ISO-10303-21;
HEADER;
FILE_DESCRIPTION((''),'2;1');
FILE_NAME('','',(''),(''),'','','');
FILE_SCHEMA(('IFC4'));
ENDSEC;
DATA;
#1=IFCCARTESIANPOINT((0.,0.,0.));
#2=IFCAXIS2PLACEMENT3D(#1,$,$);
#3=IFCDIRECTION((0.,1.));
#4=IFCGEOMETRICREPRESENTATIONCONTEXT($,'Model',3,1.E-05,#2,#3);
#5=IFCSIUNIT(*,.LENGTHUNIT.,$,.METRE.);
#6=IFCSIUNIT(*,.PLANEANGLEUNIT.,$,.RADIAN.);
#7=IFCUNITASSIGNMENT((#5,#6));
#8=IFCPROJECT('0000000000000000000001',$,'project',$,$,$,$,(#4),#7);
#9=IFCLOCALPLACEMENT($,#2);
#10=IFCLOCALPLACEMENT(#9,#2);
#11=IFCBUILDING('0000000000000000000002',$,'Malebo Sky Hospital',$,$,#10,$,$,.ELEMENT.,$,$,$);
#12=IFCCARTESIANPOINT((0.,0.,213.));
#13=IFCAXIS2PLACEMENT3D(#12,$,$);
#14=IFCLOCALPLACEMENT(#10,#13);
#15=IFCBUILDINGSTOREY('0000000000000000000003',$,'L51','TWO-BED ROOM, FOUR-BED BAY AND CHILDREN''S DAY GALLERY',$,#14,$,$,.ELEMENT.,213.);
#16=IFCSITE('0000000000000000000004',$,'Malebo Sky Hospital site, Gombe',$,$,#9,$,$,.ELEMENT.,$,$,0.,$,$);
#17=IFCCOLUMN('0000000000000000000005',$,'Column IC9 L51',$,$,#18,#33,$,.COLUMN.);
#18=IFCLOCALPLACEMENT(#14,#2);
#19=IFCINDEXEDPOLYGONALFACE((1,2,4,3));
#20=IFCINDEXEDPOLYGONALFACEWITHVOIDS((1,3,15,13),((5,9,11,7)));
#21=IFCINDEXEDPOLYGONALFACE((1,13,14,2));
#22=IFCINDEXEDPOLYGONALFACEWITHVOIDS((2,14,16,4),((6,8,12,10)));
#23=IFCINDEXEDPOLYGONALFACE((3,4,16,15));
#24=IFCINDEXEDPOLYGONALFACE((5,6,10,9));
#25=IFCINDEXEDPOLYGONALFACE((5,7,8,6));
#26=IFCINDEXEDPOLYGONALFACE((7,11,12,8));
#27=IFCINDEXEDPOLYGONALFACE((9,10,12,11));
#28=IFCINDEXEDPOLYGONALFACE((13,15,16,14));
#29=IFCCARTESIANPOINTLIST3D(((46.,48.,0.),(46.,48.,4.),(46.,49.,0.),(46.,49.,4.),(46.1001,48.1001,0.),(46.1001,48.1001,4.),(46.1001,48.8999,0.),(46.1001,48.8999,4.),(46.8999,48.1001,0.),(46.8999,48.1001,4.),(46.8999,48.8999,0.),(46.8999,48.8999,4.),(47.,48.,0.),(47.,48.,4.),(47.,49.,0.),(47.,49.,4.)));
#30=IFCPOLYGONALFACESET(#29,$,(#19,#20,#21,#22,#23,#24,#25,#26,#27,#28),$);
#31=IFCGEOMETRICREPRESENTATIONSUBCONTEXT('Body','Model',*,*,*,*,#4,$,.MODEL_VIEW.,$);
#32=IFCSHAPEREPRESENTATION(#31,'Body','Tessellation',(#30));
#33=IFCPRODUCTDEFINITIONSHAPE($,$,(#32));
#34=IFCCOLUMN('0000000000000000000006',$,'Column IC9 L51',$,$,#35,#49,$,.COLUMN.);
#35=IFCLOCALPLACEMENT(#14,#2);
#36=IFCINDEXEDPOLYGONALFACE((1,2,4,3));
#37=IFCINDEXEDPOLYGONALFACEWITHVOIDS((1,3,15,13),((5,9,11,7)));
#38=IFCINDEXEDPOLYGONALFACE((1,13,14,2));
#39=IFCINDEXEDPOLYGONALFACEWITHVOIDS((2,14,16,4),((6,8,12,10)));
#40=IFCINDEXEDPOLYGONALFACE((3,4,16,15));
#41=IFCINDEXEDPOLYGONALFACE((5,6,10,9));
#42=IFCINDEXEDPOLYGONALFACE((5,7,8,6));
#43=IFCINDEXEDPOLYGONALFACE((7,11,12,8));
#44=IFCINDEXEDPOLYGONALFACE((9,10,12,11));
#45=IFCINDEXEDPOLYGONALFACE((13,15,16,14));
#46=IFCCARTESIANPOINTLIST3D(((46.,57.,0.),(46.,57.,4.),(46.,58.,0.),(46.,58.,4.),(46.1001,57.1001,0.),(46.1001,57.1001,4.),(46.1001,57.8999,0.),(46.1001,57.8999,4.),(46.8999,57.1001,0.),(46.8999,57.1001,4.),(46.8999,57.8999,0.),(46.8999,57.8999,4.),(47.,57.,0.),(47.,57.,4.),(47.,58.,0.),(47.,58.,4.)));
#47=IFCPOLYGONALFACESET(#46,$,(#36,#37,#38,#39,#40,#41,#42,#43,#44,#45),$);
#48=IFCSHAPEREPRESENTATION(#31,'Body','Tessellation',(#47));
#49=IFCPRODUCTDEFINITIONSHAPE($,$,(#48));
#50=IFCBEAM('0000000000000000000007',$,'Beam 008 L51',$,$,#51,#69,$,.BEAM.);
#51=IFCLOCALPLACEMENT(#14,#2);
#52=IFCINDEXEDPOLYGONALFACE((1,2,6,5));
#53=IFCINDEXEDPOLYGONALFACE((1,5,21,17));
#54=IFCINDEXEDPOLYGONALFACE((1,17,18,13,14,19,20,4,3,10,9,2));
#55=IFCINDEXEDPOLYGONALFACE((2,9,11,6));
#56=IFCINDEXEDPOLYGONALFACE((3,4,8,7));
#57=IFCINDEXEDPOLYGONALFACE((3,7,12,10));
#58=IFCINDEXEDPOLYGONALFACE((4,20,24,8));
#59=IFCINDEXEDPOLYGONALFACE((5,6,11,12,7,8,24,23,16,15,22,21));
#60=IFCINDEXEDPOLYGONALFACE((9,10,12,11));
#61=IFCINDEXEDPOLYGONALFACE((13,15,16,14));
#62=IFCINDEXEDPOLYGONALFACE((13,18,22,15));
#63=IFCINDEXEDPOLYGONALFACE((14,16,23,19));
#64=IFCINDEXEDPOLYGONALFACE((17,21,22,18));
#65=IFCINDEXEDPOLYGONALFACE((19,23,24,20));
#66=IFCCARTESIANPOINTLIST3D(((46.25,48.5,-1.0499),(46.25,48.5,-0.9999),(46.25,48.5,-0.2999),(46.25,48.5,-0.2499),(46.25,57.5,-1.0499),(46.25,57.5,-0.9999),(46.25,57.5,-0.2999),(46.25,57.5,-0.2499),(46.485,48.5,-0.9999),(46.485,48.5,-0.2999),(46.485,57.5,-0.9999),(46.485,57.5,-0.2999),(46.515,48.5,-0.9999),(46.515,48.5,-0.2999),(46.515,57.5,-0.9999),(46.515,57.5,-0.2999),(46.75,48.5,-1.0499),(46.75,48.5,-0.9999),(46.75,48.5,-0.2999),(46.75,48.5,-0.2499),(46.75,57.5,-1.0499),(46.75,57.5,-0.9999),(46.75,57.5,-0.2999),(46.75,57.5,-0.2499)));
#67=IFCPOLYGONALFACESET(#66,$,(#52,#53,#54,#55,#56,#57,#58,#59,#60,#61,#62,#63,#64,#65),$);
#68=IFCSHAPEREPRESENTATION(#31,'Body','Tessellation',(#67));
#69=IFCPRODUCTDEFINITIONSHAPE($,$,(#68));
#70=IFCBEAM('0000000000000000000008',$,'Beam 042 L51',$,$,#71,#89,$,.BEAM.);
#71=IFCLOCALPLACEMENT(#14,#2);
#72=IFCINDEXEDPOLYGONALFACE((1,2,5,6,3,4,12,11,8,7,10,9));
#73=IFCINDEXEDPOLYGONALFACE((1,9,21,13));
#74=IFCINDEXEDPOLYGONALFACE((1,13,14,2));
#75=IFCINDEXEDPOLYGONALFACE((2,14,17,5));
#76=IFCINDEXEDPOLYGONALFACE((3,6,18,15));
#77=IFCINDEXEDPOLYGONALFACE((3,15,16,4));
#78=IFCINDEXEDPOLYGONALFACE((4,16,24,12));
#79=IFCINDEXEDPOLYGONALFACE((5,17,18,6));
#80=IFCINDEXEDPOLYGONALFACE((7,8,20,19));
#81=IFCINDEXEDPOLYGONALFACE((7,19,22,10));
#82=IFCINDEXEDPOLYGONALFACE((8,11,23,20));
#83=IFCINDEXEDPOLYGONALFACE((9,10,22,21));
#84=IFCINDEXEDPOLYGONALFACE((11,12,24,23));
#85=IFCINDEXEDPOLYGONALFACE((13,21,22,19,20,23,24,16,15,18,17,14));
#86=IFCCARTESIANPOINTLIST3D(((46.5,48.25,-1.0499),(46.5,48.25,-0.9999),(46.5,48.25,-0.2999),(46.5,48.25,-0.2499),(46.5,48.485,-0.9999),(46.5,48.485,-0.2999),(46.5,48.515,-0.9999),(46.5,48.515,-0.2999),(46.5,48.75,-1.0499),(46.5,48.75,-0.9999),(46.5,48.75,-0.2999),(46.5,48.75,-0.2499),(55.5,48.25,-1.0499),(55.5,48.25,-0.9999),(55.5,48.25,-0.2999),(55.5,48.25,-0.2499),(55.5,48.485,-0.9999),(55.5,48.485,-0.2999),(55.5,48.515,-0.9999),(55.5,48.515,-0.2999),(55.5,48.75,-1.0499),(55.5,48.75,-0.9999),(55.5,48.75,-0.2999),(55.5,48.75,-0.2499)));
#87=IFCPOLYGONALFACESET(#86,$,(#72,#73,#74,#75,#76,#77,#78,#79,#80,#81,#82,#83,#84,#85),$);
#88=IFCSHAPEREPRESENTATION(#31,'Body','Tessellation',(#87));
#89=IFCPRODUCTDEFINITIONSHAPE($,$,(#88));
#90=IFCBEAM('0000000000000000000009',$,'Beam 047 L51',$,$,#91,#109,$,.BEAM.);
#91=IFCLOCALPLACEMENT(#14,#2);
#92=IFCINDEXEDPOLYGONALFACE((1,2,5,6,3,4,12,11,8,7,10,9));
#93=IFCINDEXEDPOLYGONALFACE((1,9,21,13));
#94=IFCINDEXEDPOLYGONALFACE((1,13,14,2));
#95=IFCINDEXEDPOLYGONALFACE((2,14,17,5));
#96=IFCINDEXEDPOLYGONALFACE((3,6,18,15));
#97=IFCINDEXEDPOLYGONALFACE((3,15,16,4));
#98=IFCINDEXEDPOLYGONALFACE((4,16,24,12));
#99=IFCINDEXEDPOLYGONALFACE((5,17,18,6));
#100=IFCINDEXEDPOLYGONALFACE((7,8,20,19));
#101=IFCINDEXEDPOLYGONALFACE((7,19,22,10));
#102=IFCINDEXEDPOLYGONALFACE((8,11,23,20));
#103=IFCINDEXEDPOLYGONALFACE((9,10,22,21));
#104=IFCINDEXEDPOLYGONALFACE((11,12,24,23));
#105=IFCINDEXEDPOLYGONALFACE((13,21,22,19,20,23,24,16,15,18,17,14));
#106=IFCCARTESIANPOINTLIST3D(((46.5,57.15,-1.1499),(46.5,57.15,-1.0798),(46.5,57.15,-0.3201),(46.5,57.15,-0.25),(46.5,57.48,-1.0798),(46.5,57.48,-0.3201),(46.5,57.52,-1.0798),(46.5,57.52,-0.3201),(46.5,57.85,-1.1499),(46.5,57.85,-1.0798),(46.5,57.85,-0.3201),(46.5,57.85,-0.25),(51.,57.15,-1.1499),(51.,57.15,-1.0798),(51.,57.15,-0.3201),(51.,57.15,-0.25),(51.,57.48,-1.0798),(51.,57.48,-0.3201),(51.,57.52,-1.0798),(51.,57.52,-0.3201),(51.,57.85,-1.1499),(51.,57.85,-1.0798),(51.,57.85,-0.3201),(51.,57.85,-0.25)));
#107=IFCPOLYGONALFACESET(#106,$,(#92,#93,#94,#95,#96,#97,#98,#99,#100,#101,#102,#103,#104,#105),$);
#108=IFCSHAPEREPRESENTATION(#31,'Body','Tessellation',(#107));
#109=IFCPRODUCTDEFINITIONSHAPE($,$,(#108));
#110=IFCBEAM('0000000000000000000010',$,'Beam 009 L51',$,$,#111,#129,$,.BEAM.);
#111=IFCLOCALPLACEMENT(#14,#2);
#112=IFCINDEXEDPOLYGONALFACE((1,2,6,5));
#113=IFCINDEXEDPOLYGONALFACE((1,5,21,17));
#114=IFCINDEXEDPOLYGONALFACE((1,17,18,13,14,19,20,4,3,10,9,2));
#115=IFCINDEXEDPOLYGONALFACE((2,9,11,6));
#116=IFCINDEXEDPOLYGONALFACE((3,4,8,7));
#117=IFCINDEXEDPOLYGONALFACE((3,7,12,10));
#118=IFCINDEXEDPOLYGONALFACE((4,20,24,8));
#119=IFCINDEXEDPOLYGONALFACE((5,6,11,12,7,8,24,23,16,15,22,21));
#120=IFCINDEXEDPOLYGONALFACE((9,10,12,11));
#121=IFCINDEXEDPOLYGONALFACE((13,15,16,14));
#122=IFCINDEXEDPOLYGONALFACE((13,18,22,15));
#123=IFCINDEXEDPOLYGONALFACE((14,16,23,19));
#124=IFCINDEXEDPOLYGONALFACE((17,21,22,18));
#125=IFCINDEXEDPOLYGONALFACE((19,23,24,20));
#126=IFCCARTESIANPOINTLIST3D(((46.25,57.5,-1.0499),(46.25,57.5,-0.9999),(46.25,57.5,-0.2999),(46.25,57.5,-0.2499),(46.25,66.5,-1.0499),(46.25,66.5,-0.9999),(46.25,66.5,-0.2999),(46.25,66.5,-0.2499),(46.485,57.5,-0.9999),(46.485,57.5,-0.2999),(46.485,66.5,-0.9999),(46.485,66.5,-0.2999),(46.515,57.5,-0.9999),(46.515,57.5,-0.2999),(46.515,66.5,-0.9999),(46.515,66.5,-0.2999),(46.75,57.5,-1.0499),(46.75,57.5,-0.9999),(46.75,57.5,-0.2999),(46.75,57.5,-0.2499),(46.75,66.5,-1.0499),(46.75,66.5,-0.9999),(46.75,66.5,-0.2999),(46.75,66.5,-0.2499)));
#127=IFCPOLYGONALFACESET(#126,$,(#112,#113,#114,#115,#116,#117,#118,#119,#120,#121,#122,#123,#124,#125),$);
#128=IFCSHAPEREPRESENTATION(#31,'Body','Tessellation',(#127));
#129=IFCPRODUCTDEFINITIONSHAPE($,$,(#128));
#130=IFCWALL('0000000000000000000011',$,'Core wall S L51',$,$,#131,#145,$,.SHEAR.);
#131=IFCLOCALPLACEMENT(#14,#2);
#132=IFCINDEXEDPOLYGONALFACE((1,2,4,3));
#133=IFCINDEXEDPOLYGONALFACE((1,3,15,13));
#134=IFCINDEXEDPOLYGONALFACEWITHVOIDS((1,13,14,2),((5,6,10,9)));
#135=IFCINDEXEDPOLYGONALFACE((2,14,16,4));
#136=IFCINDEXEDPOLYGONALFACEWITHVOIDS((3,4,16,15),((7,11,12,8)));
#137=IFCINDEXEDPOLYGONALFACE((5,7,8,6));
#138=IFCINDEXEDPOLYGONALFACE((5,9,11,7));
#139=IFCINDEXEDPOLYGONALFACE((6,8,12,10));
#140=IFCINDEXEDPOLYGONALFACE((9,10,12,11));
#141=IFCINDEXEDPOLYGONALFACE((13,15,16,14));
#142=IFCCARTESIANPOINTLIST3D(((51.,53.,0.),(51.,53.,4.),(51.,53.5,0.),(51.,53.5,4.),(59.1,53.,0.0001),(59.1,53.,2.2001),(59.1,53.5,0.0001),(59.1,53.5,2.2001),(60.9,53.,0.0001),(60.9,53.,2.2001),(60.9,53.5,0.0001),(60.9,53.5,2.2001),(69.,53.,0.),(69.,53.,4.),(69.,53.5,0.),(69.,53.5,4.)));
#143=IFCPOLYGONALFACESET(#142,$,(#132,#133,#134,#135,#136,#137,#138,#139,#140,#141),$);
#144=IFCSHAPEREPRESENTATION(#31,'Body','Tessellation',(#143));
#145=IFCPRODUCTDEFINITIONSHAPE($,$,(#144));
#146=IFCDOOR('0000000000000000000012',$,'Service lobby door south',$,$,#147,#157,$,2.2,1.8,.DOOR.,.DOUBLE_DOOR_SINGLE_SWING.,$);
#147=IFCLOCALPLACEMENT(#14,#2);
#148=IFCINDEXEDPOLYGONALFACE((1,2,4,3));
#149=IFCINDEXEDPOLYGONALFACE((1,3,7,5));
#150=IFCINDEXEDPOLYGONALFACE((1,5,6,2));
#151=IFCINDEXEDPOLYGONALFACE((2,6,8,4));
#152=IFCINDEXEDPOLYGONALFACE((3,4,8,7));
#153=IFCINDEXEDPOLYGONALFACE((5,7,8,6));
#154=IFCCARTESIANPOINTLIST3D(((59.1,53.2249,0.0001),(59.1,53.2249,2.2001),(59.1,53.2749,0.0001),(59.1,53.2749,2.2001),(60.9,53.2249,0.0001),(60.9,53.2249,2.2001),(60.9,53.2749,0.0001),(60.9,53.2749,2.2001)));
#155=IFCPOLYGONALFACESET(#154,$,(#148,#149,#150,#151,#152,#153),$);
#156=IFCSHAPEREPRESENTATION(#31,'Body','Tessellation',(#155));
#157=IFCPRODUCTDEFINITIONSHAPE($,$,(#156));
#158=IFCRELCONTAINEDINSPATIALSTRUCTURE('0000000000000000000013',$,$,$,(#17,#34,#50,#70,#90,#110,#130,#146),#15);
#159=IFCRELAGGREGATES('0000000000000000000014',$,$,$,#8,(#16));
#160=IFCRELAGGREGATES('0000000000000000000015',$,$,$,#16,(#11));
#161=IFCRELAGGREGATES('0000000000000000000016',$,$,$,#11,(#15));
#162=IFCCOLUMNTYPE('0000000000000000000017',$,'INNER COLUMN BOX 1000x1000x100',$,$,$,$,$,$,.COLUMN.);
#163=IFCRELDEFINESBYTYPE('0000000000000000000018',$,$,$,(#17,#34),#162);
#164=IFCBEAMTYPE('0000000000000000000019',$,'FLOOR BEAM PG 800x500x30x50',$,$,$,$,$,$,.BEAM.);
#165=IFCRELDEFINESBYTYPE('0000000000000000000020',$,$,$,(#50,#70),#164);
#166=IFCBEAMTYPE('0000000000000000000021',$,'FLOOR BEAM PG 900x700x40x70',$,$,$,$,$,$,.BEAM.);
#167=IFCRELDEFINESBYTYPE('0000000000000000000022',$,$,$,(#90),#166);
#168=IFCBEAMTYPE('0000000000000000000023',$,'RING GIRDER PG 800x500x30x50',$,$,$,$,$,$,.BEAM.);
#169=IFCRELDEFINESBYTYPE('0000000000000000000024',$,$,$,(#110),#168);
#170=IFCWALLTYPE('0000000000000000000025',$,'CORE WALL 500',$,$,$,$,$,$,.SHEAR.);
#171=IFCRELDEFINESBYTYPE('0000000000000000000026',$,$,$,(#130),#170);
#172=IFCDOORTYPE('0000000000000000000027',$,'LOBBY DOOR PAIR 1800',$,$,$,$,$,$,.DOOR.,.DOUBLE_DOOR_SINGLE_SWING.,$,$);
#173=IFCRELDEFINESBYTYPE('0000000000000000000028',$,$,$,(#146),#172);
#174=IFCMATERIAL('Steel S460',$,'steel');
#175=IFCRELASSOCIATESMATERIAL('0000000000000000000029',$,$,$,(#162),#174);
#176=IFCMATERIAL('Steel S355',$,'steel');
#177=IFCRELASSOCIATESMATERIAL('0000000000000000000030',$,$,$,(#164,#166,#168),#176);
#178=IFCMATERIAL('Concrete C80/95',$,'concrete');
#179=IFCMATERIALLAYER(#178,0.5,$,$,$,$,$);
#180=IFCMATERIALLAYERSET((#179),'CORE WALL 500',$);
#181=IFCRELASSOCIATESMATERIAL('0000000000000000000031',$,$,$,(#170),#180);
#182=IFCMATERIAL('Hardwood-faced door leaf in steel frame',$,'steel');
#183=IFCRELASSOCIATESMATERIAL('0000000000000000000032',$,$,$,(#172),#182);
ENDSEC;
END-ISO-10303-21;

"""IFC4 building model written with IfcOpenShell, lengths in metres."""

from ifc_helpers import new_model, si_unit, direction, frame, frame_2d, origin, origin_2d, place, context, subcontext, project, spatial, rectangle, hollow_rectangle, i_section, extrude, material, layer, layer_set, material_profile, profile_set, type_object, element, fill, save


model = new_model("IFC4")

# Units and contexts
model_context = context("Model", 3, precision=1e-05, world=origin(), true_north=direction((0.0, 1.0)))
body_context = subcontext(model_context, "Body", "Model", "MODEL_VIEW")
ifc_project = project(units=[si_unit("LENGTHUNIT", "METRE"), si_unit("PLANEANGLEUNIT", "RADIAN")], contexts=[model_context])

# Site, building, storey
site_placement = place(None, origin())
site = spatial("IfcSite", under=ifc_project, at=site_placement, Name="Malebo Sky Hospital site, Gombe", CompositionType="ELEMENT", RefElevation=0.0)
building_placement = place(site_placement, origin())
building = spatial("IfcBuilding", under=site, at=building_placement, Name="Malebo Sky Hospital", CompositionType="ELEMENT")
storey_placement = place(building_placement, frame((0.0, 0.0, 213.0)))
storey = spatial("IfcBuildingStorey", under=building, at=storey_placement, Name="L51", Description="TWO-BED ROOM, FOUR-BED BAY AND CHILDREN'S DAY GALLERY", CompositionType="ELEMENT", Elevation=213.0)

# Columns
ifc_material_1 = material(Name="Steel S460", Category="steel")
ifc_material_profile_1 = material_profile(ifc_material_1, hollow_rectangle(XDim=1.0, YDim=1.0, WallThickness=0.1001, at=origin_2d()), Name="BOX 1000x1000x100")
ifc_profile_set_1 = profile_set([ifc_material_profile_1], Name="Steel S460")
column_type = type_object("IfcColumnType", Name="INNER COLUMN BOX 1000x1000x100", PredefinedType="COLUMN", material=ifc_profile_set_1)
for number, where, z_axis, x_axis, name in (
    (1, (46.5, 48.5, 0.0), (0.0, 0.0, 1.0), (1.0, 0.0, 0.0), "Column IC9 L51"),
    (2, (46.5, 57.5, 0.0), (0.0, 0.0, 1.0), (1.0, 0.0, 0.0), "Column IC9 L51"),
):
    element("IfcColumn", number, at=place(storey_placement, frame(where, z_axis=z_axis, x_axis=x_axis)), inside=storey, type_object=column_type, Name=name, PredefinedType="COLUMN", context=body_context, shape_type="SweptSolid", body=[
        extrude(hollow_rectangle(XDim=1.0, YDim=1.0, WallThickness=0.1001, at=origin_2d()), origin(), (0.0, 0.0, 1.0), 4.0),
    ])

# Beams
ifc_material_2 = material(Name="Steel S355", Category="steel")
ifc_material_profile_2 = material_profile(ifc_material_2, i_section(OverallWidth=0.5, OverallDepth=0.8, WebThickness=0.03, FlangeThickness=0.05, at=origin_2d()), Name="PG 800x500x30x50")
ifc_profile_set_2 = profile_set([ifc_material_profile_2], Name="Steel S355")
beam_type_1 = type_object("IfcBeamType", Name="FLOOR BEAM PG 800x500x30x50", PredefinedType="BEAM", material=ifc_profile_set_2)
for number, where, z_axis, x_axis, name in (
    (3, (46.5, 48.5, -0.6499), (0.0, 1.0, 0.0), (-1.0, 0.0, 0.0), "Beam 008 L51"),
    (4, (46.5, 48.5, -0.6499), (1.0, 0.0, 0.0), (0.0, 1.0, 0.0), "Beam 042 L51"),
):
    element("IfcBeam", number, at=place(storey_placement, frame(where, z_axis=z_axis, x_axis=x_axis)), inside=storey, type_object=beam_type_1, Name=name, PredefinedType="BEAM", context=body_context, shape_type="SweptSolid", body=[
        extrude(i_section(OverallWidth=0.5, OverallDepth=0.8, WebThickness=0.03, FlangeThickness=0.05, at=origin_2d()), origin(), (0.0, 0.0, 1.0), 9.0),
    ])
ifc_material_profile_3 = material_profile(ifc_material_2, i_section(OverallWidth=0.7, OverallDepth=0.8999, WebThickness=0.04, FlangeThickness=0.0701, at=origin_2d()), Name="PG 900x700x40x70")
ifc_profile_set_3 = profile_set([ifc_material_profile_3], Name="Steel S355")
beam_type_2 = type_object("IfcBeamType", Name="FLOOR BEAM PG 900x700x40x70", PredefinedType="BEAM", material=ifc_profile_set_3)
beam_1_placement = place(storey_placement, frame((46.5, 57.5, -0.7), z_axis=(1.0, 0.0, 0.0), x_axis=(0.0, 1.0, 0.0)))
element("IfcBeam", 5, at=beam_1_placement, inside=storey, type_object=beam_type_2, Name="Beam 047 L51", PredefinedType="BEAM", context=body_context, shape_type="SweptSolid", body=[
    extrude(i_section(OverallWidth=0.7, OverallDepth=0.8999, WebThickness=0.04, FlangeThickness=0.0701, at=origin_2d()), origin(), (0.0, 0.0, 1.0), 4.5),
])
ifc_material_profile_4 = material_profile(ifc_material_2, i_section(OverallWidth=0.5, OverallDepth=0.8, WebThickness=0.03, FlangeThickness=0.05, at=origin_2d()), Name="PG 800x500x30x50")
ifc_profile_set_4 = profile_set([ifc_material_profile_4], Name="Steel S355")
beam_type_3 = type_object("IfcBeamType", Name="RING GIRDER PG 800x500x30x50", PredefinedType="BEAM", material=ifc_profile_set_4)
beam_2_placement = place(storey_placement, frame((46.5, 57.5, -0.6499), z_axis=(0.0, 1.0, 0.0), x_axis=(-1.0, 0.0, 0.0)))
element("IfcBeam", 6, at=beam_2_placement, inside=storey, type_object=beam_type_3, Name="Beam 009 L51", PredefinedType="BEAM", context=body_context, shape_type="SweptSolid", body=[
    extrude(i_section(OverallWidth=0.5, OverallDepth=0.8, WebThickness=0.03, FlangeThickness=0.05, at=origin_2d()), origin(), (0.0, 0.0, 1.0), 9.0),
])

# Wall, opening, door
ifc_material_3 = material(Name="Concrete C80/95", Category="concrete")
ifc_layer_1 = layer(ifc_material_3, 0.5)
ifc_layer_set_1 = layer_set([ifc_layer_1], Name="CORE WALL 500")
wall_type_1 = type_object("IfcWallType", Name="CORE WALL 500", PredefinedType="SHEAR", material=ifc_layer_set_1)
wall_1_placement = place(storey_placement, frame((51.0, 53.25, 0.0), z_axis=(0.0, 0.0, 1.0), x_axis=(1.0, 0.0, 0.0)))
wall_1 = element("IfcWall", 7, at=wall_1_placement, inside=storey, type_object=wall_type_1, Name="Core wall S L51", PredefinedType="SHEAR", context=body_context, shape_type="SweptSolid", body=[
    extrude(rectangle(XDim=18.0, YDim=0.5, at=frame_2d((9.0, 0.0))), origin(), (0.0, 0.0, 1.0), 4.0),
])
opening_1_placement = place(wall_1_placement, frame((8.1001, 0.0, 0.0)))
opening_1 = element("IfcOpeningElement", 8, at=opening_1_placement, cuts=wall_1, PredefinedType="OPENING", context=body_context, shape_type="SweptSolid", body=[
    extrude(rectangle(XDim=1.8, YDim=2.2, at=frame_2d((0.8999, 1.1001))), frame((0.0, 0.26, 0.0), z_axis=(0.0, -1.0, 0.0), x_axis=(1.0, 0.0, 0.0)), (0.0, 0.0, 1.0), 0.52),
])
ifc_material_4 = material(Name="Hardwood-faced door leaf in steel frame", Category="steel")
door_type_1 = type_object("IfcDoorType", Name="LOBBY DOOR PAIR 1800", OperationType="DOUBLE_DOOR_SINGLE_SWING", PredefinedType="DOOR", material=ifc_material_4)
door_1_placement = place(opening_1_placement, origin())
door_1 = element("IfcDoor", 9, at=door_1_placement, inside=storey, type_object=door_type_1, Name="Service lobby door south", OperationType="DOUBLE_DOOR_SINGLE_SWING", OverallHeight=2.2, OverallWidth=1.8, PredefinedType="DOOR", context=body_context, shape_type="SweptSolid", body=[
    extrude(rectangle(XDim=1.8, YDim=2.2, at=frame_2d((0.8999, 1.1001))), frame((0.0, 0.0249, 0.0), z_axis=(0.0, -1.0, 0.0), x_axis=(1.0, 0.0, 0.0)), (0.0, 0.0, 1.0), 0.05),
])
fill(opening_1, door_1)

save(model, "model.ifc")
